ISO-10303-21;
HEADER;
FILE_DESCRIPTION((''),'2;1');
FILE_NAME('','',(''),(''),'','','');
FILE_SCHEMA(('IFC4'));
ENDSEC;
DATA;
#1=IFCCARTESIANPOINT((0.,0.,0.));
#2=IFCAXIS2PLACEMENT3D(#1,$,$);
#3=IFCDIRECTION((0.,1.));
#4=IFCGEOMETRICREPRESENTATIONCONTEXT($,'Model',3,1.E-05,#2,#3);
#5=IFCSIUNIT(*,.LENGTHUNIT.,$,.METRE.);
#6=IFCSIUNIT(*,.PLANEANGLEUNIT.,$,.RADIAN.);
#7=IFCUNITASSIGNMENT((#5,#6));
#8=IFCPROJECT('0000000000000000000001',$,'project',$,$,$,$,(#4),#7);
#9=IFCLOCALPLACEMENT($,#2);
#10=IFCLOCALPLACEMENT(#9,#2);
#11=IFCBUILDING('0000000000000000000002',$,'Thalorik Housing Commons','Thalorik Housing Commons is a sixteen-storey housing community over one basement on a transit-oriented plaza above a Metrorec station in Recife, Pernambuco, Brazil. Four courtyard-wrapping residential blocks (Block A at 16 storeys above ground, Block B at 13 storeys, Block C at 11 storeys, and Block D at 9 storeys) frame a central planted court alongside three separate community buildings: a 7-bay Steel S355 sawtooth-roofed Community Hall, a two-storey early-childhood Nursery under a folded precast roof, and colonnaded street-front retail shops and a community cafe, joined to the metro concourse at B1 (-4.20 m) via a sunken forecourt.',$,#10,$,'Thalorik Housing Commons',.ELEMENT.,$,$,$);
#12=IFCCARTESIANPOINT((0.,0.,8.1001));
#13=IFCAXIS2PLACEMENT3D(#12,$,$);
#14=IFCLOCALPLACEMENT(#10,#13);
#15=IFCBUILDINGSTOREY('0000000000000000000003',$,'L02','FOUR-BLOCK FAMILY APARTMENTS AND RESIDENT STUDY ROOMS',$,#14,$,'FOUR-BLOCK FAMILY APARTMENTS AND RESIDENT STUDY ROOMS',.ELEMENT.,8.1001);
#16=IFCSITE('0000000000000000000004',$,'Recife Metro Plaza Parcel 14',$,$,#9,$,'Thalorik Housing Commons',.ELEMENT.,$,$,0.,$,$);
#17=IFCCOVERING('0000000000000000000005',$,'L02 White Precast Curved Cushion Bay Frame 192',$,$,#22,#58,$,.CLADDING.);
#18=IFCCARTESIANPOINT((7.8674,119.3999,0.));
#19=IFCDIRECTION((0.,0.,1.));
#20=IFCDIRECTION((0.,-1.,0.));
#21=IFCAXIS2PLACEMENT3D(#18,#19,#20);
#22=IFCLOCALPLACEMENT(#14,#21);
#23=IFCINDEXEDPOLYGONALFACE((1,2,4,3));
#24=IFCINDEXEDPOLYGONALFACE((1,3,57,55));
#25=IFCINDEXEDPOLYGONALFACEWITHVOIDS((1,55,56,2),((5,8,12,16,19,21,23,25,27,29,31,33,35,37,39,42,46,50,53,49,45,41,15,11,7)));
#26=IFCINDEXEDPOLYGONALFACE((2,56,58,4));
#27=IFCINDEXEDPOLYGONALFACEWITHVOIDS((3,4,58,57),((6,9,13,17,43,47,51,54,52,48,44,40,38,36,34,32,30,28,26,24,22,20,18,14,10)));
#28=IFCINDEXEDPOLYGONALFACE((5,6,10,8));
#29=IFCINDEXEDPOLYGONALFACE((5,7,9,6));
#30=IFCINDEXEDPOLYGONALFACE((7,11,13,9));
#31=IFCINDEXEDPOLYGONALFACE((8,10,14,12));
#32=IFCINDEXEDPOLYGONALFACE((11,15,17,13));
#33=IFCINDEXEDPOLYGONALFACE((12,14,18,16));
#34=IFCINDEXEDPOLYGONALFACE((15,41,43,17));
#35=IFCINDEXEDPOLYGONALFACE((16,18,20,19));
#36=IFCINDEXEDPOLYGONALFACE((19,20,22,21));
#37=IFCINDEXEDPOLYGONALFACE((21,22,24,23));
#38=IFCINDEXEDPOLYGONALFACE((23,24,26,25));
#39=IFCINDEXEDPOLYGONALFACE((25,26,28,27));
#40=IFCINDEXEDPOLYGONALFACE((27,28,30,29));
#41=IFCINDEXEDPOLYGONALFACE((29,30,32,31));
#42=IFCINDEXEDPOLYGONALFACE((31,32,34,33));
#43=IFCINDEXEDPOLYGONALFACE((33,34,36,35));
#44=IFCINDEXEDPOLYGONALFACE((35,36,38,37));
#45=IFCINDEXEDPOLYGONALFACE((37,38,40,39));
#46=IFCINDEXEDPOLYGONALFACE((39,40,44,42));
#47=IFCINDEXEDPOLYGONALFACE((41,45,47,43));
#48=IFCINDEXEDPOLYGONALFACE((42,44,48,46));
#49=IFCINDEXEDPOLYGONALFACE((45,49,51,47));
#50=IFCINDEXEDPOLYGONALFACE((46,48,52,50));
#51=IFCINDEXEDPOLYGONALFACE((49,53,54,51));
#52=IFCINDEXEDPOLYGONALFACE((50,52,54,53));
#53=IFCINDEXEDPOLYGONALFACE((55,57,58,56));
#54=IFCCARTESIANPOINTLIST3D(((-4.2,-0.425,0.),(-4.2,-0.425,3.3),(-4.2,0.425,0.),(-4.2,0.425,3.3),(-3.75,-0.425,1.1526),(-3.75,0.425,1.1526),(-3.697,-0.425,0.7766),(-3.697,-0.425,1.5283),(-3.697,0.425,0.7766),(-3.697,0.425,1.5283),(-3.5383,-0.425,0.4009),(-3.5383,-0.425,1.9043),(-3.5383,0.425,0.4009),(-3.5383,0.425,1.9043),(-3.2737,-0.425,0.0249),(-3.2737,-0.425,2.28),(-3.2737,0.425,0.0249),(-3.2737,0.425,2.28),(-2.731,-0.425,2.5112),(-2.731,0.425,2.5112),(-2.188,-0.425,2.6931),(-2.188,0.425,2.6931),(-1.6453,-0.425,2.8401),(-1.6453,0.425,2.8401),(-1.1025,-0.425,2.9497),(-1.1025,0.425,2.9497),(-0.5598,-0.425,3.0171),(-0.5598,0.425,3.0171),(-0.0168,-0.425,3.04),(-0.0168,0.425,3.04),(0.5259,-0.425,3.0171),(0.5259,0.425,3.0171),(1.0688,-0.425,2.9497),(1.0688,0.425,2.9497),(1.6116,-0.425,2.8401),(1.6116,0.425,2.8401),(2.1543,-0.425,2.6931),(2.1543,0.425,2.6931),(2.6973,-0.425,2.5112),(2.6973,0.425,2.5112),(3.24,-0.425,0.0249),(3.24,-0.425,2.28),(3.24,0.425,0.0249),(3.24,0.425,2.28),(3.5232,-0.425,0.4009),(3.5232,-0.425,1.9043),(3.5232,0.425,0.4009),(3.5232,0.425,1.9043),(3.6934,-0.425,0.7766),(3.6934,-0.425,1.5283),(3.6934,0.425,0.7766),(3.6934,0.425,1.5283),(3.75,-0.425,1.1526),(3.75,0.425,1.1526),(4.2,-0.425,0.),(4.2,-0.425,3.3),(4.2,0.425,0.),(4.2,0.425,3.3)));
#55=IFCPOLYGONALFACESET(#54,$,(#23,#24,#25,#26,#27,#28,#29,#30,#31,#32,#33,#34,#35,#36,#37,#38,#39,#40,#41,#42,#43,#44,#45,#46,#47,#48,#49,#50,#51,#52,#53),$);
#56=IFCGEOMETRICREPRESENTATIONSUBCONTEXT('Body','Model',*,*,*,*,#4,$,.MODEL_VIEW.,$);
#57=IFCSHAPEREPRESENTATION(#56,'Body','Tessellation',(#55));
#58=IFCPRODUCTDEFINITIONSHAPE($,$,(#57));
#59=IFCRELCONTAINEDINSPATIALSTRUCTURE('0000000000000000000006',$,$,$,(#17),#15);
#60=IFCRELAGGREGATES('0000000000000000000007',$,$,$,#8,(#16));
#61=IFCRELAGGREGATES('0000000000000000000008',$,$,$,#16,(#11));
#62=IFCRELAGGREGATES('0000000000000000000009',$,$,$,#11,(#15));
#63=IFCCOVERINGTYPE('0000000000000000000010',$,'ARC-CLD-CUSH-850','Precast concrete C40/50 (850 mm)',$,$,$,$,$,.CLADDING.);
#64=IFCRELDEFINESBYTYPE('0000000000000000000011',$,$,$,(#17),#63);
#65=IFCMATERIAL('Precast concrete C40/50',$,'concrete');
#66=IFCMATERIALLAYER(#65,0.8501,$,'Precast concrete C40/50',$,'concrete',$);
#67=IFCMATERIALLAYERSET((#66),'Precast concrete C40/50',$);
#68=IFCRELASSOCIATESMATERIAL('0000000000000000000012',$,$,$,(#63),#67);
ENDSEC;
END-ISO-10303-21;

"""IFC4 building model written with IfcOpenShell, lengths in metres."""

from ifc_helpers import new_model, si_unit, direction, frame, origin, place, context, subcontext, project, spatial, polyline, outline, extrude, material, layer, layer_set, type_object, element, save


model = new_model("IFC4")

# Units and contexts
model_context = context("Model", 3, precision=1e-05, world=origin(), true_north=direction((0.0, 1.0)))
body_context = subcontext(model_context, "Body", "Model", "MODEL_VIEW")
ifc_project = project(units=[si_unit("LENGTHUNIT", "METRE"), si_unit("PLANEANGLEUNIT", "RADIAN")], contexts=[model_context])

# Site, building, storey
site_placement = place(None, origin())
site = spatial("IfcSite", under=ifc_project, at=site_placement, Name="Recife Metro Plaza Parcel 14", LongName="Thalorik Housing Commons", CompositionType="ELEMENT", RefElevation=0.0)
building_placement = place(site_placement, origin())
building = spatial("IfcBuilding", under=site, at=building_placement, Name="Thalorik Housing Commons", Description="Thalorik Housing Commons is a sixteen-storey housing community over one basement on a transit-oriented plaza above a Metrorec station in Recife, Pernambuco, Brazil. Four courtyard-wrapping residential blocks (Block A at 16 storeys above ground, Block B at 13 storeys, Block C at 11 storeys, and Block D at 9 storeys) frame a central planted court alongside three separate community buildings: a 7-bay Steel S355 sawtooth-roofed Community Hall, a two-storey early-childhood Nursery under a folded precast roof, and colonnaded street-front retail shops and a community cafe, joined to the metro concourse at B1 (-4.20 m) via a sunken forecourt.", LongName="Thalorik Housing Commons", CompositionType="ELEMENT")
storey_placement = place(building_placement, frame((0.0, 0.0, 8.1001)))
storey = spatial("IfcBuildingStorey", under=building, at=storey_placement, Name="L02", Description="FOUR-BLOCK FAMILY APARTMENTS AND RESIDENT STUDY ROOMS", LongName="FOUR-BLOCK FAMILY APARTMENTS AND RESIDENT STUDY ROOMS", CompositionType="ELEMENT", Elevation=8.1001)

# Shared definitions
ifc_material_1 = material(Name="Precast concrete C40/50", Category="concrete")

# Covering
ifc_layer_1 = layer(ifc_material_1, 0.8501, Name="Precast concrete C40/50", Category="concrete")
ifc_layer_set_1 = layer_set([ifc_layer_1], Name="Precast concrete C40/50")
covering_type_1 = type_object("IfcCoveringType", Name="ARC-CLD-CUSH-850", Description="Precast concrete C40/50 (850 mm)", PredefinedType="CLADDING", material=ifc_layer_set_1)
covering_1_placement = place(storey_placement, frame((7.8674, 119.3999, 0.0), z_axis=(0.0, 0.0, 1.0), x_axis=(0.0, -1.0, 0.0)))
element("IfcCovering", 1, at=covering_1_placement, inside=storey, type_object=covering_type_1, Name="L02 White Precast Curved Cushion Bay Frame 192", PredefinedType="CLADDING", context=body_context, shape_type="SweptSolid", body=[
    extrude(outline(polyline([(-4.2, 0.0), (4.2, 0.0), (4.2, 3.3), (-4.2, 3.3), (-4.2, 0.0)]), holes=[polyline([(3.24, 0.0249), (3.5232, 0.4009), (3.6934, 0.7766), (3.75, 1.1526), (3.6934, 1.5283), (3.5232, 1.9043), (3.24, 2.28), (2.6973, 2.5112), (2.1543, 2.6931), (1.6116, 2.8401), (1.0688, 2.9497), (0.5259, 3.0171), (-0.0168, 3.04), (-0.5598, 3.0171), (-1.1025, 2.9497), (-1.6453, 2.8401), (-2.188, 2.6931), (-2.731, 2.5112), (-3.2737, 2.28), (-3.5383, 1.9043), (-3.697, 1.5283), (-3.75, 1.1526), (-3.697, 0.7766), (-3.5383, 0.4009), (-3.2737, 0.0249), (3.24, 0.0249)])]), frame((0.0, 0.425, 0.0), z_axis=(0.0, -1.0, 0.0), x_axis=(1.0, 0.0, 0.0)), (0.0, 0.0, 1.0), 0.8501),
])

save(model, "model.ifc")
